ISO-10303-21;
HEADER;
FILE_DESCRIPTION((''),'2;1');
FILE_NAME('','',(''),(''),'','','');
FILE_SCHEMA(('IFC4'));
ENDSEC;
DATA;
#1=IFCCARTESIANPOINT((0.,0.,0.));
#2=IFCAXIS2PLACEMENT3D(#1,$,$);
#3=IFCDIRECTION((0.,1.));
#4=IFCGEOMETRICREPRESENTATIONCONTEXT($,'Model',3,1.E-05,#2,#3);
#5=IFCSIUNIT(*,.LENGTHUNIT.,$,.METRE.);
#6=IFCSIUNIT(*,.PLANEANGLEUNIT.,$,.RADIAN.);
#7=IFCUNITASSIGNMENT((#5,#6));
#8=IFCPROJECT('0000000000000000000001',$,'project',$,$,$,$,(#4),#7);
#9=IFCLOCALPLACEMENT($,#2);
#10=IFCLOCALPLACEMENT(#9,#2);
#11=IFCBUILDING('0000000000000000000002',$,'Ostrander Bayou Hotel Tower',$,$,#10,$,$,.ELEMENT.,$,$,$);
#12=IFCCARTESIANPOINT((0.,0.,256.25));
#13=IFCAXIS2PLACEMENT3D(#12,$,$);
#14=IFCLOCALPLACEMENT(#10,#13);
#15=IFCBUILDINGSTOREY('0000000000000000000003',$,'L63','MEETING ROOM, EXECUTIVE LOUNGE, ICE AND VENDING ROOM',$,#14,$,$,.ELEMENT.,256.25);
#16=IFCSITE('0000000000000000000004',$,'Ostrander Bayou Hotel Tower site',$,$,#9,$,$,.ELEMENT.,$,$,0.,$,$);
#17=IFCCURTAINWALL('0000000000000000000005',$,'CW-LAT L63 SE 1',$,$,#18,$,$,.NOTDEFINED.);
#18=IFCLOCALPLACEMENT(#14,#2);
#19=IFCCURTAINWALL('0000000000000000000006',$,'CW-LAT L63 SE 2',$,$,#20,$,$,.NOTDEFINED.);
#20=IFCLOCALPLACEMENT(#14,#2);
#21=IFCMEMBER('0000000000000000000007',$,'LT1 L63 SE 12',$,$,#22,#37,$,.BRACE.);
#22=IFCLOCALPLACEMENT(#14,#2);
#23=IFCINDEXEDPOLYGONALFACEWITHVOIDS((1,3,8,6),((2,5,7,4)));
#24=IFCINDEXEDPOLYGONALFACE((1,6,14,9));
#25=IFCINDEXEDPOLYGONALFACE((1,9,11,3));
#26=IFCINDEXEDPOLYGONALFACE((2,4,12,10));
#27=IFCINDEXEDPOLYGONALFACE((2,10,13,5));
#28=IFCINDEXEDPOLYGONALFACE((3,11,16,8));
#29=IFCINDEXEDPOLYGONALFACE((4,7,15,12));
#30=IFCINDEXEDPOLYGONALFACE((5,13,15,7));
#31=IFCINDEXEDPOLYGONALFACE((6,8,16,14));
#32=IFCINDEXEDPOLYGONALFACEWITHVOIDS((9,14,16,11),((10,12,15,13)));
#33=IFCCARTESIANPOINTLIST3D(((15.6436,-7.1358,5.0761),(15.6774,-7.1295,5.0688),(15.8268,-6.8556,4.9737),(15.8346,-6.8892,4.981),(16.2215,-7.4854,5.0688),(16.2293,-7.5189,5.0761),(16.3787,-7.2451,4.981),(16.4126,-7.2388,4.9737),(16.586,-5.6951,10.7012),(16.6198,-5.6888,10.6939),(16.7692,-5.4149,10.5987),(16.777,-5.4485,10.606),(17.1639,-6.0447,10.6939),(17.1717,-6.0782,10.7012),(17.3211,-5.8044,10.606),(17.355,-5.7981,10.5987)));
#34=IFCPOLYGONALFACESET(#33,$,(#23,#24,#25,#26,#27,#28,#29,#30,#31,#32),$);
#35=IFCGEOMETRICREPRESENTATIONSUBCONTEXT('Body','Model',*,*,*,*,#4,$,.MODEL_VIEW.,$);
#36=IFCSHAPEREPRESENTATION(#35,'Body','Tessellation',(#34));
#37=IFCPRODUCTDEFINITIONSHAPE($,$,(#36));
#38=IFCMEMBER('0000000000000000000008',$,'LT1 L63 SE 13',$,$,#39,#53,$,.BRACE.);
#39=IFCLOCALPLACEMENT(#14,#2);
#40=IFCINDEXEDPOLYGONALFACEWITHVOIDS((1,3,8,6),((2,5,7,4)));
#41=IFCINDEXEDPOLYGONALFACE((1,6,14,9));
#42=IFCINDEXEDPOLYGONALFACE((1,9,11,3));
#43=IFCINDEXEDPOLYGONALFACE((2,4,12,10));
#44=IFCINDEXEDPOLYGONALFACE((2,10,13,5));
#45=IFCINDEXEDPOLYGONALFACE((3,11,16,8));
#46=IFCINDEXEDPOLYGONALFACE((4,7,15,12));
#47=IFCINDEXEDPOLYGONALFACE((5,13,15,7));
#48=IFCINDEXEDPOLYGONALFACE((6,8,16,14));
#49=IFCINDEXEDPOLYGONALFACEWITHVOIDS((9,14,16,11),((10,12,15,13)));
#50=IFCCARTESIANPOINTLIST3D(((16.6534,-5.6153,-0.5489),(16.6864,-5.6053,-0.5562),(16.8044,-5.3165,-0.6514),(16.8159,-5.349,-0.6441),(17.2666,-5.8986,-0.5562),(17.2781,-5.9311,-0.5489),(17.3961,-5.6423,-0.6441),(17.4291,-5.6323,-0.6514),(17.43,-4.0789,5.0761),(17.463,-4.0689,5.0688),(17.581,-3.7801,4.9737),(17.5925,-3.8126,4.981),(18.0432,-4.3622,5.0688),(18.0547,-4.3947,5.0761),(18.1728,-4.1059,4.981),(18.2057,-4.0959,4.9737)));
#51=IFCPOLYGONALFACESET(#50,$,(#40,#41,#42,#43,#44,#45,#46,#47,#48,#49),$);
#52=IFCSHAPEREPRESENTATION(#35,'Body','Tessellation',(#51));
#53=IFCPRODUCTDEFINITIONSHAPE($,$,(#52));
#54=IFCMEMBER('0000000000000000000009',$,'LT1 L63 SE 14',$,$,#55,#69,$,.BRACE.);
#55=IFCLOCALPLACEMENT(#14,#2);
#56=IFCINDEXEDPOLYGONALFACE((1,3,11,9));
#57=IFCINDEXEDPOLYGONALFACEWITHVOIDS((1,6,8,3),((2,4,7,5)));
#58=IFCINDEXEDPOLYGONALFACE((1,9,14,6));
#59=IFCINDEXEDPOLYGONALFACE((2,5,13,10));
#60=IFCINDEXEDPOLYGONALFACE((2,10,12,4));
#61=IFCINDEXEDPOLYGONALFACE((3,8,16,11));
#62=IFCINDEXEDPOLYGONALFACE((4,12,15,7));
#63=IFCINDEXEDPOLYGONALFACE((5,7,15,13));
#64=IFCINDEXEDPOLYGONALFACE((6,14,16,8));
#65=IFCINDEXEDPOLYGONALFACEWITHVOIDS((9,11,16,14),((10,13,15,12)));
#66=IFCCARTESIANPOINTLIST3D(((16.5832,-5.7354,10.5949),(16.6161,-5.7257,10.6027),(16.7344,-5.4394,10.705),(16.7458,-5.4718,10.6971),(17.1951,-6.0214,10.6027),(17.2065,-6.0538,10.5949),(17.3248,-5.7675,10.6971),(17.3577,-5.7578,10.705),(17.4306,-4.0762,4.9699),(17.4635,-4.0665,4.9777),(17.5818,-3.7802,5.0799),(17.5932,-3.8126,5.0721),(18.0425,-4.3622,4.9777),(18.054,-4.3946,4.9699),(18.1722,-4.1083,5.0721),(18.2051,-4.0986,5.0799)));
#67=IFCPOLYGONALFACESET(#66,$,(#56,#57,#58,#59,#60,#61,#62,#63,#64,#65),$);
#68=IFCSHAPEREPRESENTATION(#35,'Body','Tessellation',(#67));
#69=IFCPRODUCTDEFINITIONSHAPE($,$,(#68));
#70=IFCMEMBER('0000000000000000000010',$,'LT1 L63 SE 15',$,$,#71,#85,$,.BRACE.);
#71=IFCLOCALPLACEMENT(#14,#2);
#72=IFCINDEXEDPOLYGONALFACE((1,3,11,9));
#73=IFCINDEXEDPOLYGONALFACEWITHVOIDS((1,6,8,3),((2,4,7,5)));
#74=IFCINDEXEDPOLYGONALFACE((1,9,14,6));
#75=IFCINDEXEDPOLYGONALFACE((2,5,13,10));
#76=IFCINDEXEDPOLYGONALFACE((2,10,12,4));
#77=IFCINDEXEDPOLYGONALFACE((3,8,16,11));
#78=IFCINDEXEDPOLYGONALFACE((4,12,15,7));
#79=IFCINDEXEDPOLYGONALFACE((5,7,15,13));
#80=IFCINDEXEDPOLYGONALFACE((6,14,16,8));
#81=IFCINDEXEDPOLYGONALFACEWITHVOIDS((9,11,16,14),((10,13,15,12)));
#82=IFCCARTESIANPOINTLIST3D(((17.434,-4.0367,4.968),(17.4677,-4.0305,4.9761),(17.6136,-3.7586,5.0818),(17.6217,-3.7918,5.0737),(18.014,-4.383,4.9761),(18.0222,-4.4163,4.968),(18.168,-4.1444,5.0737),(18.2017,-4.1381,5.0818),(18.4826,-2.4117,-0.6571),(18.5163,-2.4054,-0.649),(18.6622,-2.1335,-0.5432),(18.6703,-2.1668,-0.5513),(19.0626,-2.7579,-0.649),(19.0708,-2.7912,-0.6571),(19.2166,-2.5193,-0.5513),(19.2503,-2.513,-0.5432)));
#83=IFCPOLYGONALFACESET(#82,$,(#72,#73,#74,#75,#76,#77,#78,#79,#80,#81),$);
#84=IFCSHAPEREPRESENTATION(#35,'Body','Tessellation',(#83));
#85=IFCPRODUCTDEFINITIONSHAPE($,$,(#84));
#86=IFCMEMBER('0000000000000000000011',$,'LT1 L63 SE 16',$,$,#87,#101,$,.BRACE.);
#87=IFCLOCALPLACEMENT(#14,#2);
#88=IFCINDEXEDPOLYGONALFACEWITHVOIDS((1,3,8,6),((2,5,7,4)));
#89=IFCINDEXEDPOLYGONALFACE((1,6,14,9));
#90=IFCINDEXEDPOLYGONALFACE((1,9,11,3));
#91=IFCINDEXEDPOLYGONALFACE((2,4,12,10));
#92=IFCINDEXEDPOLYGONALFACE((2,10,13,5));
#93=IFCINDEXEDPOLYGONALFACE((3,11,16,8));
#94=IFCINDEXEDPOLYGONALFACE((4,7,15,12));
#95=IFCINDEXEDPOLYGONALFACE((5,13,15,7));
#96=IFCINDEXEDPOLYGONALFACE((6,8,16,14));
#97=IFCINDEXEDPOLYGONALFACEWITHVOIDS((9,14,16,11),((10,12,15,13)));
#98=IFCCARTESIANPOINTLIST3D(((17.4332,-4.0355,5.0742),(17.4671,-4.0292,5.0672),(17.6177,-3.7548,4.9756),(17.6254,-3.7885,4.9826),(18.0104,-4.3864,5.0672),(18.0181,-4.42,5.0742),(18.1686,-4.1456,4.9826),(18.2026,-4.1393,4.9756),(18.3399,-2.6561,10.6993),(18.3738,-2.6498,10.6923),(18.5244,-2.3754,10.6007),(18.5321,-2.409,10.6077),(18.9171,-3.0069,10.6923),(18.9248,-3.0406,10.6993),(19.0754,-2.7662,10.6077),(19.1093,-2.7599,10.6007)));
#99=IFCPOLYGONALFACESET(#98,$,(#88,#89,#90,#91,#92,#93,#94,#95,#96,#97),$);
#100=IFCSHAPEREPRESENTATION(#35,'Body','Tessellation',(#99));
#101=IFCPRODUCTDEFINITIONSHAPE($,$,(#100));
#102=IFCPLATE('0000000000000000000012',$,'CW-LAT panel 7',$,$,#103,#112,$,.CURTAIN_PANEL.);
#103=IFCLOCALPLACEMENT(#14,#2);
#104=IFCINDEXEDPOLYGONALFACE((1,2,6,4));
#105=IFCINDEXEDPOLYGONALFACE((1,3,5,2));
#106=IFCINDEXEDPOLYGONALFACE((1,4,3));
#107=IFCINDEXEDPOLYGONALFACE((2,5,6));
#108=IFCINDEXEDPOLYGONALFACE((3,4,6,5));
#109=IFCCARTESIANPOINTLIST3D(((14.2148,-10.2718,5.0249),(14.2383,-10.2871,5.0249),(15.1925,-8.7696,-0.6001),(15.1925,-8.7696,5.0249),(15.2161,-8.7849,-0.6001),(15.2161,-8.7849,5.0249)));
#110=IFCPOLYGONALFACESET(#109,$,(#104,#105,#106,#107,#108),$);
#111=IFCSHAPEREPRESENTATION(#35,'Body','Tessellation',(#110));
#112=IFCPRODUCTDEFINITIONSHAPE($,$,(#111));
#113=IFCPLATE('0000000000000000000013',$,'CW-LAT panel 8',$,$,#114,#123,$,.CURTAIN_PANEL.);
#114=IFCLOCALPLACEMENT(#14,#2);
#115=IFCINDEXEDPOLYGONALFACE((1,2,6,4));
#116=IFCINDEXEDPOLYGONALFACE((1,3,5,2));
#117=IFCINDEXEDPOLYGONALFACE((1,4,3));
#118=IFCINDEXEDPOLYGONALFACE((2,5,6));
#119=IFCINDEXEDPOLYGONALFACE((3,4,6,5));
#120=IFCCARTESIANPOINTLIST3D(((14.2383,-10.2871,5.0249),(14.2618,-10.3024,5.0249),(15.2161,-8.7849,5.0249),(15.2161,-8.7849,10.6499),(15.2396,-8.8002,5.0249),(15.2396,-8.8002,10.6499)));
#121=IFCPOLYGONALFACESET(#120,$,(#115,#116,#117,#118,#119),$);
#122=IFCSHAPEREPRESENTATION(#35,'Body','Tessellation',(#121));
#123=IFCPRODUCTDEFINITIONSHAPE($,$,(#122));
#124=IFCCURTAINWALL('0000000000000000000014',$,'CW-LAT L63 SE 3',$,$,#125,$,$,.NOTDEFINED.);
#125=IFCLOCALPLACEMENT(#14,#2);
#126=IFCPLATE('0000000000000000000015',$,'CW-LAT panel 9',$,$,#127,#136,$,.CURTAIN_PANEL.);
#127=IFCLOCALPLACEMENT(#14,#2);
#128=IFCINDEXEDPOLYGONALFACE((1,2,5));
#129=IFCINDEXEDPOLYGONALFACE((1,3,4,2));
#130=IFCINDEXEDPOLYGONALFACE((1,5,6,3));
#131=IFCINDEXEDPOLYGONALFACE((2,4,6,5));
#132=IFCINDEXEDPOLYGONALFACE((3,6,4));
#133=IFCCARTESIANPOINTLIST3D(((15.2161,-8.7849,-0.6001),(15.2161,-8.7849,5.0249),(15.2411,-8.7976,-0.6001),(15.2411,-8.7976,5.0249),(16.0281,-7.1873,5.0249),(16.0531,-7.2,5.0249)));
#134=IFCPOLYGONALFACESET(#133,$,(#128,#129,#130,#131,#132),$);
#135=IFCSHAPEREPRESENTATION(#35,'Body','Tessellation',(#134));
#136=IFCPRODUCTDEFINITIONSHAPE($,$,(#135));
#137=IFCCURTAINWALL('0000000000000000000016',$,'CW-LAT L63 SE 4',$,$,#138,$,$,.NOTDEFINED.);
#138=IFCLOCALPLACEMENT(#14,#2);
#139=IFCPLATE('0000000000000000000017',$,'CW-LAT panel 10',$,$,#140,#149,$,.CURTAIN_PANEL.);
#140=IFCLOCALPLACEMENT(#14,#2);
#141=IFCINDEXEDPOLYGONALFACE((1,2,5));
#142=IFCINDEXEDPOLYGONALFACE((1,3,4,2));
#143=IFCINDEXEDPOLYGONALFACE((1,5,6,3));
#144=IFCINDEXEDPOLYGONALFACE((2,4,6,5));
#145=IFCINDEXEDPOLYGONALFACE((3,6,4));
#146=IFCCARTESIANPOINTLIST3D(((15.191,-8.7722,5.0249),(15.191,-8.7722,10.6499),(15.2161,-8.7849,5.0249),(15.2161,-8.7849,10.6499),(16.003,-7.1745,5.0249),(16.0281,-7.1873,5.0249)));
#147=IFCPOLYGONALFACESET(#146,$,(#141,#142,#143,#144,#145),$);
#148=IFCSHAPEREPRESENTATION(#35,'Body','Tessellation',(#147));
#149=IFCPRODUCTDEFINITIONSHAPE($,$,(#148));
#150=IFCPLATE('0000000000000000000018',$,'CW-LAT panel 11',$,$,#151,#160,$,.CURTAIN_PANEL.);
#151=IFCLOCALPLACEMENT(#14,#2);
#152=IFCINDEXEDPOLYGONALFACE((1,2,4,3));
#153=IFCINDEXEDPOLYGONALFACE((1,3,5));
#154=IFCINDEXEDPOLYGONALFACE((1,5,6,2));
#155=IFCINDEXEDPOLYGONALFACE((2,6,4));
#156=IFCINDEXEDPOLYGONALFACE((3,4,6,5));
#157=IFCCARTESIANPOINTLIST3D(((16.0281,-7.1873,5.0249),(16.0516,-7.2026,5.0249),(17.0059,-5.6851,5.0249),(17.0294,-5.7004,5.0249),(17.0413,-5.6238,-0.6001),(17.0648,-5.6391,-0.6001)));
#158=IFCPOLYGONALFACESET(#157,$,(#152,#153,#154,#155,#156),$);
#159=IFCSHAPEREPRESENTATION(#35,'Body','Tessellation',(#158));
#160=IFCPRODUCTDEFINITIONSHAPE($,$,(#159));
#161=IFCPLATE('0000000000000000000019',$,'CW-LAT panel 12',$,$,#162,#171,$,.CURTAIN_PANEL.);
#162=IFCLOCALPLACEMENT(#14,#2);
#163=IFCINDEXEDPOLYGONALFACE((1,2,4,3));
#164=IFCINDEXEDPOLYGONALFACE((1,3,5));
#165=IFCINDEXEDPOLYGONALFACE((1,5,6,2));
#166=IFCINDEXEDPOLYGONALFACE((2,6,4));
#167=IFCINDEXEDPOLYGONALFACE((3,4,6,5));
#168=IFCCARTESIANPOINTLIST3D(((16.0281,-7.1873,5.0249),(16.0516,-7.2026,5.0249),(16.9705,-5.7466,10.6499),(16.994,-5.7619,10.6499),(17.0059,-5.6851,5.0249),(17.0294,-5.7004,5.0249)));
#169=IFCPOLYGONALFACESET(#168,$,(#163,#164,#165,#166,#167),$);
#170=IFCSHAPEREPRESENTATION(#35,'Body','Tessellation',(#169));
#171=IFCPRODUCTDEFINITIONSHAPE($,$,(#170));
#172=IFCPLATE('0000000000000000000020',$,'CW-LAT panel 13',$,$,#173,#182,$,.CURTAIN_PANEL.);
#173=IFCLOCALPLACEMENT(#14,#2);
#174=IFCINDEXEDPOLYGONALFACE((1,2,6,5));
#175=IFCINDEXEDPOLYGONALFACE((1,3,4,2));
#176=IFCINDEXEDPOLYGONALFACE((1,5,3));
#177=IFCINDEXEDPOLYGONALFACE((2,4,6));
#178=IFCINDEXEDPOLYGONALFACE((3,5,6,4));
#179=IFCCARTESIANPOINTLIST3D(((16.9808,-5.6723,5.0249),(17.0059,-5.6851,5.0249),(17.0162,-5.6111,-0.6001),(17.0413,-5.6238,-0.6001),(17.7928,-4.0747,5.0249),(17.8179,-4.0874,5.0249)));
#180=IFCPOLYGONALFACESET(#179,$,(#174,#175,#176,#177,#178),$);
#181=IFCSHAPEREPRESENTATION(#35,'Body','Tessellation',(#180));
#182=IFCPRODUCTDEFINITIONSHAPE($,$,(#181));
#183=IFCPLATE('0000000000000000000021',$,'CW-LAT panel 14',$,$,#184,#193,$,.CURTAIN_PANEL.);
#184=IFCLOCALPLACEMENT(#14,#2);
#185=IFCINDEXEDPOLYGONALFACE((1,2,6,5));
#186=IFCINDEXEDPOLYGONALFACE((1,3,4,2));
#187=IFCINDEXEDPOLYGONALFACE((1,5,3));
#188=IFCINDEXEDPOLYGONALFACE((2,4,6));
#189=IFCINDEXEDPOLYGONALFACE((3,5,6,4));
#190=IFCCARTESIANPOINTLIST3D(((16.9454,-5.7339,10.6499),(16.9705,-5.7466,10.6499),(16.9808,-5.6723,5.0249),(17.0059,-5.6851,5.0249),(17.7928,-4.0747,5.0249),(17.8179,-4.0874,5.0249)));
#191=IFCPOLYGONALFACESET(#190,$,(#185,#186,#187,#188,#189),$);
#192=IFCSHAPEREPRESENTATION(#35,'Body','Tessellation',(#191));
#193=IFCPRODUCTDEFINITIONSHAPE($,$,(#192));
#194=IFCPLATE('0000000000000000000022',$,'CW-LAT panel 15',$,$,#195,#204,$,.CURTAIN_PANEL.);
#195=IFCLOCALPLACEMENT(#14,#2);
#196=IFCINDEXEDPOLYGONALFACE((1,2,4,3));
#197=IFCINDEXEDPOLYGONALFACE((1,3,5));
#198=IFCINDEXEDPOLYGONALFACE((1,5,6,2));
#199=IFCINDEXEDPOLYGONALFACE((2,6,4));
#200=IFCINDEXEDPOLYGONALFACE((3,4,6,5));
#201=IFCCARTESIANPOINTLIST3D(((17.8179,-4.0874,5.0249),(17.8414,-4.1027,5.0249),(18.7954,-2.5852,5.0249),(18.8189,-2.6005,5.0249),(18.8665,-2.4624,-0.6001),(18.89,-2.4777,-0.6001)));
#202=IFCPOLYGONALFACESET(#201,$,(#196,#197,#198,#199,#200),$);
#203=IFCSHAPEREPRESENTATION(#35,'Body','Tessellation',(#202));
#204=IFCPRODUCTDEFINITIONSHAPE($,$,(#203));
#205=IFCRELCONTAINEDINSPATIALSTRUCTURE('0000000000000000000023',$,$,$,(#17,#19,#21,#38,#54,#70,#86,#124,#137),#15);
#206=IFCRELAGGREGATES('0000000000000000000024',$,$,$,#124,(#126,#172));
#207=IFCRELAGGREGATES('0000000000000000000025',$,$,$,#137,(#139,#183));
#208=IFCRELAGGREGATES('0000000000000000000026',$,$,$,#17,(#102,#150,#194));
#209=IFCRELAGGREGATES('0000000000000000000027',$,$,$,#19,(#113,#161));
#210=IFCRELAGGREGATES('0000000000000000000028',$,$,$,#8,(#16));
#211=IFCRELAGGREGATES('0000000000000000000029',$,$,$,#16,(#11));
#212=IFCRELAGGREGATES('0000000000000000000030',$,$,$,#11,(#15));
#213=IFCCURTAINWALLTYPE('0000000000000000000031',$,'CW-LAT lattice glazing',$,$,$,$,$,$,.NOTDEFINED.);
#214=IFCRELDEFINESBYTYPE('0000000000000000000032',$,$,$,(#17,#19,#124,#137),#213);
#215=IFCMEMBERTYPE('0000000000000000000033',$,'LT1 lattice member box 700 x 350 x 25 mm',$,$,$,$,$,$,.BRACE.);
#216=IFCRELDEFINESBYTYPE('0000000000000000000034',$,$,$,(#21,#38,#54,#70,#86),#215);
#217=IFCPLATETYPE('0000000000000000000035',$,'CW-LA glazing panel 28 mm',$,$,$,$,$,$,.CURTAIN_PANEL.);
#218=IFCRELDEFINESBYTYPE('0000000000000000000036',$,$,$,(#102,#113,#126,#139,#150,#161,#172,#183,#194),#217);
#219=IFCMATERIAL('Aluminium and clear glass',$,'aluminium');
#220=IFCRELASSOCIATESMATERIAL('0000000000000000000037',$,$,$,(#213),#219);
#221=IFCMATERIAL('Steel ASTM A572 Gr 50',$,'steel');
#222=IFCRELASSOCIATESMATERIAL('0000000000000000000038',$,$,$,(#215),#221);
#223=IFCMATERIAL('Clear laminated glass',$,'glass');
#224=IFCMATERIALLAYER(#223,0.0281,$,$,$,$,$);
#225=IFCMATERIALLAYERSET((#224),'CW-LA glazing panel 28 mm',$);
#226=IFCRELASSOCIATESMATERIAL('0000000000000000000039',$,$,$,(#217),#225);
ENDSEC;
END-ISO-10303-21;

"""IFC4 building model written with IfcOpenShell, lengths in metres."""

from ifc_helpers import new_model, si_unit, direction, frame, origin, origin_2d, place, context, subcontext, project, spatial, polyline, hollow_rectangle, outline, extrude, material, layer, layer_set, material_profile, profile_set, type_object, element, aggregate, save


model = new_model("IFC4")

# Units and contexts
model_context = context("Model", 3, precision=1e-05, world=origin(), true_north=direction((0.0, 1.0)))
body_context = subcontext(model_context, "Body", "Model", "MODEL_VIEW")
ifc_project = project(units=[si_unit("LENGTHUNIT", "METRE"), si_unit("PLANEANGLEUNIT", "RADIAN")], contexts=[model_context])

# Site, building, storey
site_placement = place(None, origin())
site = spatial("IfcSite", under=ifc_project, at=site_placement, Name="Ostrander Bayou Hotel Tower site", CompositionType="ELEMENT", RefElevation=0.0)
building_placement = place(site_placement, origin())
building = spatial("IfcBuilding", under=site, at=building_placement, Name="Ostrander Bayou Hotel Tower", CompositionType="ELEMENT")
storey_placement = place(building_placement, frame((0.0, 0.0, 256.25)))
storey = spatial("IfcBuildingStorey", under=building, at=storey_placement, Name="L63", Description="MEETING ROOM, EXECUTIVE LOUNGE, ICE AND VENDING ROOM", CompositionType="ELEMENT", Elevation=256.25)

# Curtain walls
ifc_material_1 = material(Name="Aluminium and clear glass", Category="aluminium")
curtain_wall_type = type_object("IfcCurtainWallType", Name="CW-LAT lattice glazing", PredefinedType="NOTDEFINED", material=ifc_material_1)
curtain_wall_1_placement = place(storey_placement, origin())
curtain_wall_1 = element("IfcCurtainWall", 1, at=curtain_wall_1_placement, inside=storey, type_object=curtain_wall_type, Name="CW-LAT L63 SE 1", PredefinedType="NOTDEFINED")
curtain_wall_2_placement = place(storey_placement, origin())
curtain_wall_2 = element("IfcCurtainWall", 2, at=curtain_wall_2_placement, inside=storey, type_object=curtain_wall_type, Name="CW-LAT L63 SE 2", PredefinedType="NOTDEFINED")

# Members
ifc_material_2 = material(Name="Steel ASTM A572 Gr 50", Category="steel")
ifc_material_profile_1 = material_profile(ifc_material_2, hollow_rectangle(XDim=0.7, YDim=0.3501, WallThickness=0.0249, at=origin_2d()))
ifc_profile_set_1 = profile_set([ifc_material_profile_1], Name="Steel ASTM A572 Gr 50")
member_type_1 = type_object("IfcMemberType", Name="LT1 lattice member box 700 x 350 x 25 mm", PredefinedType="BRACE", material=ifc_profile_set_1)
for number, where, z_axis, x_axis, name in (
    (3, (16.0281, -7.1873, 5.0249), (0.1602, 0.244907, 0.95622), (-0.836862, 0.547414, 0.0), "LT1 L63 SE 12"),
    (4, (17.8179, -4.0874, 5.0249), (-0.13202, -0.261176, -0.956221), (0.892462, -0.451123, 0.0), "LT1 L63 SE 13"),
):
    element("IfcMember", number, at=place(storey_placement, frame(where, z_axis=z_axis, x_axis=x_axis)), inside=storey, type_object=member_type_1, Name=name, PredefinedType="BRACE", context=body_context, shape_type="SweptSolid", body=[
        extrude(hollow_rectangle(XDim=0.7, YDim=0.3501, WallThickness=0.0249, at=origin_2d()), origin(), (0.0, 0.0, 1.0), 5.8826),
    ])
member_1_placement = place(storey_placement, frame((17.8179, -4.0874, 5.0249), z_axis=(-0.143011, -0.280006, 0.949286), x_axis=(0.890568, -0.45485, 0.0)))
element("IfcMember", 5, at=member_1_placement, inside=storey, type_object=member_type_1, Name="LT1 L63 SE 14", PredefinedType="BRACE", context=body_context, shape_type="SweptSolid", body=[
    extrude(hollow_rectangle(XDim=0.7, YDim=0.3501, WallThickness=0.0249, at=origin_2d()), origin(), (0.0, 0.0, 1.0), 5.9255),
])
member_2_placement = place(storey_placement, frame((17.8179, -4.0874, 5.0249), z_axis=(0.176287, 0.273193, -0.945668), x_axis=(-0.84025, 0.542199, 0.0)))
element("IfcMember", 6, at=member_2_placement, inside=storey, type_object=member_type_1, Name="LT1 L63 SE 15", PredefinedType="BRACE", context=body_context, shape_type="SweptSolid", body=[
    extrude(hollow_rectangle(XDim=0.7, YDim=0.3501, WallThickness=0.0249, at=origin_2d()), origin(), (0.0, 0.0, 1.0), 5.9482),
])
member_3_placement = place(storey_placement, frame((17.8179, -4.0874, 5.0249), z_axis=(0.154675, 0.235303, 0.959535), x_axis=(-0.835628, 0.549296, 0.0)))
element("IfcMember", 7, at=member_3_placement, inside=storey, type_object=member_type_1, Name="LT1 L63 SE 16", PredefinedType="BRACE", context=body_context, shape_type="SweptSolid", body=[
    extrude(hollow_rectangle(XDim=0.7, YDim=0.3501, WallThickness=0.0249, at=origin_2d()), origin(), (0.0, 0.0, 1.0), 5.8623),
])

# Plates
ifc_material_3 = material(Name="Clear laminated glass", Category="glass")
ifc_layer_1 = layer(ifc_material_3, 0.0281)
ifc_layer_set_1 = layer_set([ifc_layer_1], Name="CW-LA glazing panel 28 mm")
plate_type = type_object("IfcPlateType", Name="CW-LA glazing panel 28 mm", PredefinedType="CURTAIN_PANEL", material=ifc_layer_set_1)
plate_1_placement = place(storey_placement, frame((14.2383, -10.2871, 5.0249), z_axis=(0.838098, -0.54552, 0.0), x_axis=(0.165623, 0.254452, -0.952798)))
plate_1 = element("IfcPlate", 8, at=plate_1_placement, type_object=plate_type, Name="CW-LAT panel 7", PredefinedType="CURTAIN_PANEL", context=body_context, shape_type="SweptSolid", body=[
    extrude(outline(polyline([(0.0, 0.0), (5.9037, 0.0), (0.5442, 1.7078), (0.0, 0.0)])), origin(), (0.0, 0.0, -1.0), 0.0281),
])
plate_2_placement = place(storey_placement, frame((14.2383, -10.2871, 5.0249), z_axis=(-0.838098, 0.54552, 0.0), x_axis=(0.165623, 0.254452, 0.952798)))
plate_2 = element("IfcPlate", 9, at=plate_2_placement, type_object=plate_type, Name="CW-LAT panel 8", PredefinedType="CURTAIN_PANEL", context=body_context, shape_type="SweptSolid", body=[
    extrude(outline(polyline([(0.0, 0.0), (5.9037, 0.0), (0.5442, 1.7078), (0.0, 0.0)])), origin(), (0.0, 0.0, -1.0), 0.0281),
])

# Curtain walls, plates
curtain_wall_3_placement = place(storey_placement, origin())
curtain_wall_3 = element("IfcCurtainWall", 10, at=curtain_wall_3_placement, inside=storey, type_object=curtain_wall_type, Name="CW-LAT L63 SE 3", PredefinedType="NOTDEFINED")
plate_3_placement = place(storey_placement, frame((16.0281, -7.1873, 5.0249), z_axis=(-0.891465, 0.453089, 0.0), x_axis=(-0.137545, -0.270624, -0.952808)))
plate_3 = element("IfcPlate", 11, at=plate_3_placement, type_object=plate_type, Name="CW-LAT panel 9", PredefinedType="CURTAIN_PANEL", context=body_context, shape_type="SweptSolid", body=[
    extrude(outline(polyline([(0.0, 0.0), (5.9036, 0.0), (0.5441, 1.7076), (0.0, 0.0)])), origin(), (0.0, 0.0, -1.0), 0.0281),
])
curtain_wall_4_placement = place(storey_placement, origin())
curtain_wall_4 = element("IfcCurtainWall", 12, at=curtain_wall_4_placement, inside=storey, type_object=curtain_wall_type, Name="CW-LAT L63 SE 4", PredefinedType="NOTDEFINED")
plate_4_placement = place(storey_placement, frame((16.0281, -7.1873, 5.0249), z_axis=(0.891465, -0.453089, 0.0), x_axis=(-0.137545, -0.270624, 0.952808)))
plate_4 = element("IfcPlate", 13, at=plate_4_placement, type_object=plate_type, Name="CW-LAT panel 10", PredefinedType="CURTAIN_PANEL", context=body_context, shape_type="SweptSolid", body=[
    extrude(outline(polyline([(0.0, 0.0), (5.9036, 0.0), (0.5441, 1.7076), (0.0, 0.0)])), origin(), (0.0, 0.0, -1.0), 0.0281),
])

# Plates
plate_5_placement = place(storey_placement, frame((16.0281, -7.1873, 5.0249), z_axis=(-0.838098, 0.54552, 0.000668), x_axis=(0.170987, 0.263855, -0.949286)))
plate_5 = element("IfcPlate", 14, at=plate_5_placement, type_object=plate_type, Name="CW-LAT panel 11", PredefinedType="CURTAIN_PANEL", context=body_context, shape_type="SweptSolid", body=[
    extrude(outline(polyline([(0.0, 0.0), (5.9255, 0.0), (0.5636, -1.7015), (0.0, 0.0)])), origin(), (0.0, 0.0, -1.0), 0.0281),
])
plate_6_placement = place(storey_placement, frame((16.0281, -7.1873, 5.0249), z_axis=(-0.838098, 0.54552, 0.000692), x_axis=(0.1602, 0.244907, 0.95622)))
plate_6 = element("IfcPlate", 15, at=plate_6_placement, type_object=plate_type, Name="CW-LAT panel 12", PredefinedType="CURTAIN_PANEL", context=body_context, shape_type="SweptSolid", body=[
    extrude(outline(polyline([(0.0, 0.0), (5.8825, 0.0), (0.5245, 1.7139), (0.0, 0.0)])), origin(), (0.0, 0.0, -1.0), 0.0281),
])
plate_7_placement = place(storey_placement, frame((17.8179, -4.0874, 5.0249), z_axis=(0.891465, -0.453089, 0.000674), x_axis=(-0.13202, -0.261176, -0.956221)))
plate_7 = element("IfcPlate", 16, at=plate_7_placement, type_object=plate_type, Name="CW-LAT panel 13", PredefinedType="CURTAIN_PANEL", context=body_context, shape_type="SweptSolid", body=[
    extrude(outline(polyline([(0.0, 0.0), (5.8825, 0.0), (0.5245, -1.7137), (0.0, 0.0)])), origin(), (0.0, 0.0, -1.0), 0.0281),
])
aggregate(curtain_wall_3, [plate_3, plate_7])
plate_8_placement = place(storey_placement, frame((17.8179, -4.0874, 5.0249), z_axis=(0.891465, -0.453089, 0.000655), x_axis=(-0.143011, -0.280006, 0.949286)))
plate_8 = element("IfcPlate", 17, at=plate_8_placement, type_object=plate_type, Name="CW-LAT panel 14", PredefinedType="CURTAIN_PANEL", context=body_context, shape_type="SweptSolid", body=[
    extrude(outline(polyline([(0.0, 0.0), (5.9255, 0.0), (0.5635, 1.7013), (0.0, 0.0)])), origin(), (0.0, 0.0, -1.0), 0.0281),
])
aggregate(curtain_wall_4, [plate_4, plate_8])
plate_9_placement = place(storey_placement, frame((17.8179, -4.0874, 5.0249), z_axis=(-0.83816, 0.545424, 0.001321), x_axis=(0.176287, 0.273193, -0.945668)))
plate_9 = element("IfcPlate", 18, at=plate_9_placement, type_object=plate_type, Name="CW-LAT panel 15", PredefinedType="CURTAIN_PANEL", context=body_context, shape_type="SweptSolid", body=[
    extrude(outline(polyline([(0.0, 0.0), (5.9482, 0.0), (0.5827, -1.6949), (0.0, 0.0)])), origin(), (0.0, 0.0, -1.0), 0.0281),
])
aggregate(curtain_wall_1, [plate_1, plate_5, plate_9])
aggregate(curtain_wall_2, [plate_2, plate_6])

save(model, "model.ifc")
